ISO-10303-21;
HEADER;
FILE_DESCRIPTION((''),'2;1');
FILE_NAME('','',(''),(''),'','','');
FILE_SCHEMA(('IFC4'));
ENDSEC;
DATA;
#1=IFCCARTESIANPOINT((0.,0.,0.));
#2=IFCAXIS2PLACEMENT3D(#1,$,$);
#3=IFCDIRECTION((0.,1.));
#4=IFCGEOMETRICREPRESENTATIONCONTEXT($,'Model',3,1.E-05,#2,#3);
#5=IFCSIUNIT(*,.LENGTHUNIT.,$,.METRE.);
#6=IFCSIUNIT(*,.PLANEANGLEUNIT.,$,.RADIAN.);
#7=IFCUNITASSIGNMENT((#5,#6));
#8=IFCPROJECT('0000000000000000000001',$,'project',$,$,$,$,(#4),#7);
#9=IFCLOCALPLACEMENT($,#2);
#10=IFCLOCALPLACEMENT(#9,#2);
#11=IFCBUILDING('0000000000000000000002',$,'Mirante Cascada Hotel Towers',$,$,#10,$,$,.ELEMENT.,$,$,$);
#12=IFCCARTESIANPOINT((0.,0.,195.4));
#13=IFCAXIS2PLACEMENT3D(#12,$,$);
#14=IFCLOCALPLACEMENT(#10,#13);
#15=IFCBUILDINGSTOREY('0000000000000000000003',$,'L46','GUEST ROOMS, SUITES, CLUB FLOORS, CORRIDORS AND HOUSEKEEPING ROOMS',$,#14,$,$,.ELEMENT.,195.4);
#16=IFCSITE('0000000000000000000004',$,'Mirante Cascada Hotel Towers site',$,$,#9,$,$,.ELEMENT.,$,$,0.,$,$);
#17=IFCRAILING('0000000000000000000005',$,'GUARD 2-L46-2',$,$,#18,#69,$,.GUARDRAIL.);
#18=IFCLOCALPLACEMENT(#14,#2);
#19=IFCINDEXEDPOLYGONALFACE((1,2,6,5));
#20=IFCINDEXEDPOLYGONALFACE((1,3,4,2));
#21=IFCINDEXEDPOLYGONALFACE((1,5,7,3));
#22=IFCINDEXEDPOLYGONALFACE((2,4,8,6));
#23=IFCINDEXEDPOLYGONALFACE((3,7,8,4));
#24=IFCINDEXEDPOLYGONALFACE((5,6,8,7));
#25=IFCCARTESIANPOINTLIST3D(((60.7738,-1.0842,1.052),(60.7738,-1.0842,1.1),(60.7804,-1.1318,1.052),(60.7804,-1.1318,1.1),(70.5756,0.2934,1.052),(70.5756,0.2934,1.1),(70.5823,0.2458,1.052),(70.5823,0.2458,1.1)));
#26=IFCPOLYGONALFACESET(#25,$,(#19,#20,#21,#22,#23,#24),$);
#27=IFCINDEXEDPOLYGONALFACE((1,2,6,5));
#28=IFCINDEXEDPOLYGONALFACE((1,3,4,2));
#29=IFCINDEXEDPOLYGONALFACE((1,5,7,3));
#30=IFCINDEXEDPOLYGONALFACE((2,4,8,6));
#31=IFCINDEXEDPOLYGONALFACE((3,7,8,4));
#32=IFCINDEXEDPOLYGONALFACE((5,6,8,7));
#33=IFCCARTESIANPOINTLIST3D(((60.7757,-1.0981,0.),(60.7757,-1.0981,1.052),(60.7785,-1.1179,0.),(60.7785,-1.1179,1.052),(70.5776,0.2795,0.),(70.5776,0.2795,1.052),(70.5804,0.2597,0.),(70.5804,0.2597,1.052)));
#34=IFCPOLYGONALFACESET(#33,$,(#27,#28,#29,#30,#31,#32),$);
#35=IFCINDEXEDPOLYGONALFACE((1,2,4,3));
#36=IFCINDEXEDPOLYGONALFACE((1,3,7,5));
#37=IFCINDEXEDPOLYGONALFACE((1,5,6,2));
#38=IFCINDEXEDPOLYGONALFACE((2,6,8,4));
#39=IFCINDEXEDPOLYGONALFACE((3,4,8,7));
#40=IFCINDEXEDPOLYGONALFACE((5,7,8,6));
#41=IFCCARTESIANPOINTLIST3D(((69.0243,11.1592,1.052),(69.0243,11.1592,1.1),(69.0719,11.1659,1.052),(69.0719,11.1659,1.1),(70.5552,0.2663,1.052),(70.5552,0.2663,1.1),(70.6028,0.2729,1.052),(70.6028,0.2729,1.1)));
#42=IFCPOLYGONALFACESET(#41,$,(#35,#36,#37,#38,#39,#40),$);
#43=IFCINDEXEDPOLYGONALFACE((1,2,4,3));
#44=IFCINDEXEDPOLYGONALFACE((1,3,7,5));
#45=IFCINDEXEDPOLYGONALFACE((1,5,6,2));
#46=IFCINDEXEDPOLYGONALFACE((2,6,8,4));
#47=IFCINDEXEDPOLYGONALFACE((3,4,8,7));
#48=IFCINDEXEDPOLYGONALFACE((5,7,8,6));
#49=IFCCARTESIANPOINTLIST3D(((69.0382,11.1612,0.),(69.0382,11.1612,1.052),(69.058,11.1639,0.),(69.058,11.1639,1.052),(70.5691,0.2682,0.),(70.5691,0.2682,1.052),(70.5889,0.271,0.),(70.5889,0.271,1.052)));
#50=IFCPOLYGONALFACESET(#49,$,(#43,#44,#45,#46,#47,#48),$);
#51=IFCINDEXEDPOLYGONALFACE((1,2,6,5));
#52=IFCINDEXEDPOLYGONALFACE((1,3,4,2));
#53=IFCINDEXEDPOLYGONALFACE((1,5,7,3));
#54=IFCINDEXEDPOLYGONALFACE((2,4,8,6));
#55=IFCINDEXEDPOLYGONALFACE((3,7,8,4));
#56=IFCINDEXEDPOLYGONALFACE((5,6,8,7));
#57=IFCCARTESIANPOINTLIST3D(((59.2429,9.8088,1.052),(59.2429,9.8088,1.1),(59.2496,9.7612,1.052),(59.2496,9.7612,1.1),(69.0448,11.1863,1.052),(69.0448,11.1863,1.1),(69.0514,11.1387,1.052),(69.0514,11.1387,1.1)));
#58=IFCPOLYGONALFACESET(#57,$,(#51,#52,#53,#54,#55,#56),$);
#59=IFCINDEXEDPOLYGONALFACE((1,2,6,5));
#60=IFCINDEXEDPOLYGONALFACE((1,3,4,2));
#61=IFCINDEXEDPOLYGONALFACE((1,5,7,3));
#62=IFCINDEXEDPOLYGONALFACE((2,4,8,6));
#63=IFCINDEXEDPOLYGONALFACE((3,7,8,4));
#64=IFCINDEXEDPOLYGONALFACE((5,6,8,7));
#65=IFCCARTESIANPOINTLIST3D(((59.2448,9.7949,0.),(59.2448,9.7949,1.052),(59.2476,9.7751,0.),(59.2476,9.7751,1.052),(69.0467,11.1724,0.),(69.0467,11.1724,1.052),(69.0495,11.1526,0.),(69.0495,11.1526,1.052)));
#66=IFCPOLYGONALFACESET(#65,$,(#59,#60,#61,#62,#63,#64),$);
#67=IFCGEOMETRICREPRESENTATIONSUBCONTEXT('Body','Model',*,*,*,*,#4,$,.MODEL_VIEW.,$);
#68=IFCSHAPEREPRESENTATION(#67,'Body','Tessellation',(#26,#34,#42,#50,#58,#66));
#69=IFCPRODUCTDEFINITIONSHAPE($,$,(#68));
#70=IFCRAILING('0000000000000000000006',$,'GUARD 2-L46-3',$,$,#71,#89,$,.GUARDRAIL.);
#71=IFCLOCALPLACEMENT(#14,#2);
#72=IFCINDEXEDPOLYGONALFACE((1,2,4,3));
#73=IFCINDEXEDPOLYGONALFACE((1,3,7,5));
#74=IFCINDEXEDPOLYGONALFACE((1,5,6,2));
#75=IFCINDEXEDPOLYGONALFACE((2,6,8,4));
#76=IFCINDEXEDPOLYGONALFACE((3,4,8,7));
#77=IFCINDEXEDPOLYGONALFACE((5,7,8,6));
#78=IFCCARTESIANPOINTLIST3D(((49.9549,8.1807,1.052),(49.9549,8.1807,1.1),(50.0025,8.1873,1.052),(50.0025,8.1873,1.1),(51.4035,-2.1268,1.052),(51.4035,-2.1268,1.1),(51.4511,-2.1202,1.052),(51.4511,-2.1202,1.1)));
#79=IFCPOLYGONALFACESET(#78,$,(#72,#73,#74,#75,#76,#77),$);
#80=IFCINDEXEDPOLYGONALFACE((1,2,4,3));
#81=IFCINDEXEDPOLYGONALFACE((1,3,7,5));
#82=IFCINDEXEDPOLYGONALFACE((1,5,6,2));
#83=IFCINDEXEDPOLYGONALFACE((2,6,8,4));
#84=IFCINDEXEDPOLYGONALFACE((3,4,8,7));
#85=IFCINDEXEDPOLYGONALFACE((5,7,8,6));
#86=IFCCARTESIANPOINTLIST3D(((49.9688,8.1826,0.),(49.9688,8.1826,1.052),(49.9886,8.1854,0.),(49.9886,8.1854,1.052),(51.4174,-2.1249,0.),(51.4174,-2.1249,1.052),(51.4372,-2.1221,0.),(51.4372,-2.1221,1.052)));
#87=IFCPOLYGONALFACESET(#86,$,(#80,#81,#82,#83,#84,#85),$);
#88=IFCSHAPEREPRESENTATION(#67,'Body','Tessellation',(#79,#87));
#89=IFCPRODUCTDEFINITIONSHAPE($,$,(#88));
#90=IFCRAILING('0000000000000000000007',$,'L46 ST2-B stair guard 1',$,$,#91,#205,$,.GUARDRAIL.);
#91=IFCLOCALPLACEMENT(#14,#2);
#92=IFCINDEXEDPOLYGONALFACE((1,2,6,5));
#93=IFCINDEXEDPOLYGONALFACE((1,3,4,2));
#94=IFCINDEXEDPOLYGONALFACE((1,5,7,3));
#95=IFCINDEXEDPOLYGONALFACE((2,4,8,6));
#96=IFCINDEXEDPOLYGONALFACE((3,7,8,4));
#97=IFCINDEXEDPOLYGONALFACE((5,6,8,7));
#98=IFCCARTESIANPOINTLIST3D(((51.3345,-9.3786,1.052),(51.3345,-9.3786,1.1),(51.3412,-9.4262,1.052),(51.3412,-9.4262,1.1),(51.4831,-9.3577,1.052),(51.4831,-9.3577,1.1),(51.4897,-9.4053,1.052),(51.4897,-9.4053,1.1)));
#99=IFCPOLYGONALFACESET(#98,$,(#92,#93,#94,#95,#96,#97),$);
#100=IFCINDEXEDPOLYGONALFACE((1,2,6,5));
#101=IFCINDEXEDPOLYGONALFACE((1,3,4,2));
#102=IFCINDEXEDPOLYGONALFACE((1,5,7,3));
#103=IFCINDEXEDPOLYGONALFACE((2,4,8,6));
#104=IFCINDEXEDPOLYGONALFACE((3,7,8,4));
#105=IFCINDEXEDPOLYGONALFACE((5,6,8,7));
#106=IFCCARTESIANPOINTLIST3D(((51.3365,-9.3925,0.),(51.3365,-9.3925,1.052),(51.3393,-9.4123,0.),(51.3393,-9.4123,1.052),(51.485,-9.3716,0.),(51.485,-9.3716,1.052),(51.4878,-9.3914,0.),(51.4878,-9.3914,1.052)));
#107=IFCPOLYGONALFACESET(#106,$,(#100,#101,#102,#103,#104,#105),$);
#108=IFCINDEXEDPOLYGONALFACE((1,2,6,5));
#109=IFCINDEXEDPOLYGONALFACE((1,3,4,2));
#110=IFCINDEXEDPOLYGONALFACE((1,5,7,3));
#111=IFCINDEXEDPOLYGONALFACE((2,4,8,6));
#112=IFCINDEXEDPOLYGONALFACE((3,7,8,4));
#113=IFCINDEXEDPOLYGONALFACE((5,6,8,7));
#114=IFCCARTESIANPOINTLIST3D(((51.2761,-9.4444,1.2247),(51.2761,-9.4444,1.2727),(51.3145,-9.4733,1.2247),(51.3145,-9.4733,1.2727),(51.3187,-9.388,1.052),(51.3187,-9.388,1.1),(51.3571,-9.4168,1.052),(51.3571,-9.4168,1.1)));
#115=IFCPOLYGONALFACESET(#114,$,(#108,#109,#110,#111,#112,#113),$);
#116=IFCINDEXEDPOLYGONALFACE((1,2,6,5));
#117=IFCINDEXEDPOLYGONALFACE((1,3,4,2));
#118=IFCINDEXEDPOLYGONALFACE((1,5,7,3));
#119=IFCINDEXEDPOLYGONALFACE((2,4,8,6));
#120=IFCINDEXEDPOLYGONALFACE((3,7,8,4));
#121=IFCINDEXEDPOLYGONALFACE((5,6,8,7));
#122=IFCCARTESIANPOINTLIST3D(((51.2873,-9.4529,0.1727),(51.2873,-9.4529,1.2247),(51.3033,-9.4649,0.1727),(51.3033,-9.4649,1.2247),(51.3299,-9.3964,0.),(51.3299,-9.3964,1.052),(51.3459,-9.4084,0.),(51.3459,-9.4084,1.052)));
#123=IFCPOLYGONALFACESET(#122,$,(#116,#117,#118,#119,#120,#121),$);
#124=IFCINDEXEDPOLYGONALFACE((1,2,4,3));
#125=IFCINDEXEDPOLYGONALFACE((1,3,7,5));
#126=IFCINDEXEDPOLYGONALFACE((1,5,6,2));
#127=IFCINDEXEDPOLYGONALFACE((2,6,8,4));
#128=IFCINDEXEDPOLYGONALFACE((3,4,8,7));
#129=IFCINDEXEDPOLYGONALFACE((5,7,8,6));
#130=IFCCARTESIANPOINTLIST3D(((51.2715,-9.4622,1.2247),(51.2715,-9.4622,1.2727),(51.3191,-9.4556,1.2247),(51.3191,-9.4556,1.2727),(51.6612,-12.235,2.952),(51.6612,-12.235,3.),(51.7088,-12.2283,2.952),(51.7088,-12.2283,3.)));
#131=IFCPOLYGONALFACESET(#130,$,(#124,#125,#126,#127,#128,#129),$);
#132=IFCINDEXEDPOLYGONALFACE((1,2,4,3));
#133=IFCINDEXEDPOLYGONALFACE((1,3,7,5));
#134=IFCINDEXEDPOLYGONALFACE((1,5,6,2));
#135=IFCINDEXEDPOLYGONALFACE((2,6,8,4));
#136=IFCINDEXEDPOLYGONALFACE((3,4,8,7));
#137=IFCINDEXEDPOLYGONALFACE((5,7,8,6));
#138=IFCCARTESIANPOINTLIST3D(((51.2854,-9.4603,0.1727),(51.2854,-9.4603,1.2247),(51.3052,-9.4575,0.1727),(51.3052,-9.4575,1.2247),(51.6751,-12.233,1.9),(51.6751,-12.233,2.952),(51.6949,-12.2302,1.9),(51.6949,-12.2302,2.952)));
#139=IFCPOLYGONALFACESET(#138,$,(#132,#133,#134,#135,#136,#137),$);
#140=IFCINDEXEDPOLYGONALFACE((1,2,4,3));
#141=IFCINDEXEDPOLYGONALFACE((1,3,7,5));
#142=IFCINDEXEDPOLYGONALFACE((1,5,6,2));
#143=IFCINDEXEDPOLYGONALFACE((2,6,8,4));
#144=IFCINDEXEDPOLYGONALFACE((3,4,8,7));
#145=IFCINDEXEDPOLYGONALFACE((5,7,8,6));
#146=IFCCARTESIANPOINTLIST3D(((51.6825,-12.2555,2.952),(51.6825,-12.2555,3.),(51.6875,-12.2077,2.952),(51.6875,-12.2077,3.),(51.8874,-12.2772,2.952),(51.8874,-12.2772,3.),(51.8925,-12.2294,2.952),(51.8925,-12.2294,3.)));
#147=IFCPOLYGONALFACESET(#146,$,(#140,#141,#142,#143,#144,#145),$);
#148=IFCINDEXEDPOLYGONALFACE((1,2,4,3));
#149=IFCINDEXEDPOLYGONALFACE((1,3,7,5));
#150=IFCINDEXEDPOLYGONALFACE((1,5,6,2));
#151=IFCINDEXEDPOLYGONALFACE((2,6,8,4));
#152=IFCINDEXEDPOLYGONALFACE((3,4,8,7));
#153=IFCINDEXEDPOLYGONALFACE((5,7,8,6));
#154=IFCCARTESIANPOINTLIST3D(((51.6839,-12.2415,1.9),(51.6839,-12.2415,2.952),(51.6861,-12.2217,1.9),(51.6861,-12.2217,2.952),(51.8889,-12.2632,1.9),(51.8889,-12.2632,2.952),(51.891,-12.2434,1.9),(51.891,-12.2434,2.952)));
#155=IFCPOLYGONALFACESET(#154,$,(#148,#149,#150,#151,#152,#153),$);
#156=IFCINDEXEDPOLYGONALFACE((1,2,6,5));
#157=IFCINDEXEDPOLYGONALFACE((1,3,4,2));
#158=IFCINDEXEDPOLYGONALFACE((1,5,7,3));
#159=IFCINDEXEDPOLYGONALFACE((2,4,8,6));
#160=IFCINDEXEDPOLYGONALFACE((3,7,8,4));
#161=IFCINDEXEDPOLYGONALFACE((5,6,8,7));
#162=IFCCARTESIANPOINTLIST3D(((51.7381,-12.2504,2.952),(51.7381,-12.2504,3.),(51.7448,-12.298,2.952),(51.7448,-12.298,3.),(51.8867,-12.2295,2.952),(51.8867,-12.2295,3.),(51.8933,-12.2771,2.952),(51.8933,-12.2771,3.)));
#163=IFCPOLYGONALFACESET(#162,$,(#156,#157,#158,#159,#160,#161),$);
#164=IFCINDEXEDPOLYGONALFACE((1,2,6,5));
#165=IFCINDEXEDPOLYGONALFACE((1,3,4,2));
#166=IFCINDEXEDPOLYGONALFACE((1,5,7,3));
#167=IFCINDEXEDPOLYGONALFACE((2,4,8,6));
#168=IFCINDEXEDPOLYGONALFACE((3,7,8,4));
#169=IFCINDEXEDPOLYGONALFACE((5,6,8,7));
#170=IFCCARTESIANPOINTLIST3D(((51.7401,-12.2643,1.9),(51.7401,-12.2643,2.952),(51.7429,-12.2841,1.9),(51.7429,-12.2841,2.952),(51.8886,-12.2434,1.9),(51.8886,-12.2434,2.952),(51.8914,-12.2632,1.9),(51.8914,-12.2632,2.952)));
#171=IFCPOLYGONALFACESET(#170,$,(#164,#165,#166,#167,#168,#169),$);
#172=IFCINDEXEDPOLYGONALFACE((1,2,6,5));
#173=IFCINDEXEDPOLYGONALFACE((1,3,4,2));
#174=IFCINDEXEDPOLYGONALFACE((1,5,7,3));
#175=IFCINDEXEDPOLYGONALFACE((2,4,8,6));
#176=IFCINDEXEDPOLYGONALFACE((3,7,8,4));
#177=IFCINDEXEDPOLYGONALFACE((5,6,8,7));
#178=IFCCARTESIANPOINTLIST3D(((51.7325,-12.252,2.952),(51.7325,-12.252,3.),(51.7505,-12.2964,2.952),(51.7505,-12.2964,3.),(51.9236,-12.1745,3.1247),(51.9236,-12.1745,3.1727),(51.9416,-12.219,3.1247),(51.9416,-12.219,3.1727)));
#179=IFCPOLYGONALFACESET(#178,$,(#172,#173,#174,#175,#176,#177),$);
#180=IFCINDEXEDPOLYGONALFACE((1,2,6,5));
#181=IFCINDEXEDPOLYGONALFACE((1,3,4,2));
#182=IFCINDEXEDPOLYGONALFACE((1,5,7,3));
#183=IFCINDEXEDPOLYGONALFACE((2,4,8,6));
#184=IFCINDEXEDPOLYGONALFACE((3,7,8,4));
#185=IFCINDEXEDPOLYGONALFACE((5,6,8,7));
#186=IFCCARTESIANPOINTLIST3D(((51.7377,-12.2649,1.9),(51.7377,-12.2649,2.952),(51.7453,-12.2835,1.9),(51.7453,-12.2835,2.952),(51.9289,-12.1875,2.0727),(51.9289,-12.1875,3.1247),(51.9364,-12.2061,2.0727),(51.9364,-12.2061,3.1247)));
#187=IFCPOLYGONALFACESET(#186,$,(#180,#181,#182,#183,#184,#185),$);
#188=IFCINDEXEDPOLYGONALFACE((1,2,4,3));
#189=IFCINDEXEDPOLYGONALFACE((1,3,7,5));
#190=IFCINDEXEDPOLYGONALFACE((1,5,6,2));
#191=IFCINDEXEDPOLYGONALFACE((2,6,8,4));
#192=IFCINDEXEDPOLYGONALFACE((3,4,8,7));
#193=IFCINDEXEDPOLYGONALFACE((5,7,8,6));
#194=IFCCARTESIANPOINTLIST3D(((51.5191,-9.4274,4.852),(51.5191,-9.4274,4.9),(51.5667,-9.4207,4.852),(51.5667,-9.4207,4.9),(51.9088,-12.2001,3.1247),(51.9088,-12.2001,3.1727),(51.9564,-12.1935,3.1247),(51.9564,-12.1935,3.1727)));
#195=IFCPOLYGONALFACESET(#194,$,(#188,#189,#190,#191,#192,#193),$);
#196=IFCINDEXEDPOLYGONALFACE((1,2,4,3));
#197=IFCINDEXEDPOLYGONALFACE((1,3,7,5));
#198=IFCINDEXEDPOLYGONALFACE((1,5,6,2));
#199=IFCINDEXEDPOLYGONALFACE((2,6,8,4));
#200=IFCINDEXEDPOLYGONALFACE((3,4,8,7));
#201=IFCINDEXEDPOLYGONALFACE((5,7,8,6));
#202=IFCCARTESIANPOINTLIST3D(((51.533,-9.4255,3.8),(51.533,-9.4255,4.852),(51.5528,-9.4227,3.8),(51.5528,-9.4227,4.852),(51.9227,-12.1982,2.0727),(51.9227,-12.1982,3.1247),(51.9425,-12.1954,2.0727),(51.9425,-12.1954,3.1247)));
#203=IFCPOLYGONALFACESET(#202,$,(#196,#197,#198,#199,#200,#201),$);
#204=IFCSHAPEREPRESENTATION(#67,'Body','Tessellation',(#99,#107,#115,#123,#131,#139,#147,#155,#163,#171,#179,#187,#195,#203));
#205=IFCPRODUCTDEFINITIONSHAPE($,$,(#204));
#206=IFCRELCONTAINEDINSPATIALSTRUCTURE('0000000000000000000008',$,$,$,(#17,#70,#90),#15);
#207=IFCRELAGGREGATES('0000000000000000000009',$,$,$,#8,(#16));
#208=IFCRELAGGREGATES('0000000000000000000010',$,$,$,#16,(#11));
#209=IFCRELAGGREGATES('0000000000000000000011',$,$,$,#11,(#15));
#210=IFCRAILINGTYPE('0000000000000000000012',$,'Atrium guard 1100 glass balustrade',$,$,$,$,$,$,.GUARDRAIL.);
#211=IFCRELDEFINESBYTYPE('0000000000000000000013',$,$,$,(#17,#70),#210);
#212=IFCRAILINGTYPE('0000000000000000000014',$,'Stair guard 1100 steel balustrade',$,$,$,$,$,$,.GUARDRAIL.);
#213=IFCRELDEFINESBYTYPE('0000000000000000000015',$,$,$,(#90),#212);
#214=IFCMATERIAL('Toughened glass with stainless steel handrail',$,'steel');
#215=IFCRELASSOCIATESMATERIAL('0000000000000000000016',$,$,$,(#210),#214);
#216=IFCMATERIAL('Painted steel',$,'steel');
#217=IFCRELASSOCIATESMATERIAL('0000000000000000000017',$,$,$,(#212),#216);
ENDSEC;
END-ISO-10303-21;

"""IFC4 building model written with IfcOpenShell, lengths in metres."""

from ifc_helpers import new_model, si_unit, direction, frame, origin, origin_2d, place, context, subcontext, project, spatial, rectangle, extrude, material, type_object, element, save


model = new_model("IFC4")

# Units and contexts
model_context = context("Model", 3, precision=1e-05, world=origin(), true_north=direction((0.0, 1.0)))
body_context = subcontext(model_context, "Body", "Model", "MODEL_VIEW")
ifc_project = project(units=[si_unit("LENGTHUNIT", "METRE"), si_unit("PLANEANGLEUNIT", "RADIAN")], contexts=[model_context])

# Site, building, storey
site_placement = place(None, origin())
site = spatial("IfcSite", under=ifc_project, at=site_placement, Name="Mirante Cascada Hotel Towers site", CompositionType="ELEMENT", RefElevation=0.0)
building_placement = place(site_placement, origin())
building = spatial("IfcBuilding", under=site, at=building_placement, Name="Mirante Cascada Hotel Towers", CompositionType="ELEMENT")
storey_placement = place(building_placement, frame((0.0, 0.0, 195.4)))
storey = spatial("IfcBuildingStorey", under=building, at=storey_placement, Name="L46", Description="GUEST ROOMS, SUITES, CLUB FLOORS, CORRIDORS AND HOUSEKEEPING ROOMS", CompositionType="ELEMENT", Elevation=195.4)

# Railings
ifc_material_1 = material(Name="Toughened glass with stainless steel handrail", Category="steel")
railing_type_1 = type_object("IfcRailingType", Name="Atrium guard 1100 glass balustrade", PredefinedType="GUARDRAIL", material=ifc_material_1)
railing_1_placement = place(storey_placement, frame((60.7771, -1.108, 0.0)))
element("IfcRailing", 1, at=railing_1_placement, inside=storey, type_object=railing_type_1, Name="GUARD 2-L46-2", PredefinedType="GUARDRAIL", context=body_context, shape_type="SweptSolid", body=[
    extrude(rectangle(XDim=0.048, YDim=0.048, at=origin_2d()), frame((0.0, 0.0, 1.076), z_axis=(0.990268, 0.139176, 0.0), x_axis=(-0.139176, 0.990268, 0.0)), (0.0, 0.0, 1.0), 9.8982),
    extrude(rectangle(XDim=0.02, YDim=1.052, at=origin_2d()), frame((0.0, 0.0, 0.526), z_axis=(0.990268, 0.139176, 0.0), x_axis=(-0.139176, 0.990268, 0.0)), (0.0, 0.0, 1.0), 9.8982),
    extrude(rectangle(XDim=0.048, YDim=0.048, at=origin_2d()), frame((9.8019, 1.3776, 1.076), z_axis=(-0.139173, 0.990268, 0.0), x_axis=(-0.990268, -0.139173, 0.0)), (0.0, 0.0, 1.0), 11.0),
    extrude(rectangle(XDim=0.02, YDim=1.052, at=origin_2d()), frame((9.8019, 1.3776, 0.526), z_axis=(-0.139173, 0.990268, 0.0), x_axis=(-0.990268, -0.139173, 0.0)), (0.0, 0.0, 1.0), 11.0),
    extrude(rectangle(XDim=0.048, YDim=0.048, at=origin_2d()), frame((8.271, 12.2705, 1.076), z_axis=(-0.990269, -0.139166, 0.0), x_axis=(0.139166, -0.990269, 0.0)), (0.0, 0.0, 1.0), 9.8982),
    extrude(rectangle(XDim=0.02, YDim=1.052, at=origin_2d()), frame((8.271, 12.2705, 0.526), z_axis=(-0.990269, -0.139166, 0.0), x_axis=(0.139166, -0.990269, 0.0)), (0.0, 0.0, 1.0), 9.8982),
])
railing_2_placement = place(storey_placement, frame((51.4273, -2.1235, 0.0)))
element("IfcRailing", 2, at=railing_2_placement, inside=storey, type_object=railing_type_1, Name="GUARD 2-L46-3", PredefinedType="GUARDRAIL", context=body_context, shape_type="SweptSolid", body=[
    extrude(rectangle(XDim=0.048, YDim=0.048, at=origin_2d()), frame((0.0, 0.0, 1.076), z_axis=(-0.139171, 0.990268, 0.0), x_axis=(-0.990268, -0.139171, 0.0)), (0.0, 0.0, 1.0), 10.4088),
    extrude(rectangle(XDim=0.02, YDim=1.052, at=origin_2d()), frame((0.0, 0.0, 0.526), z_axis=(-0.139171, 0.990268, 0.0), x_axis=(-0.990268, -0.139171, 0.0)), (0.0, 0.0, 1.0), 10.4088),
])
ifc_material_2 = material(Name="Painted steel", Category="steel")
railing_type_2 = type_object("IfcRailingType", Name="Stair guard 1100 steel balustrade", PredefinedType="GUARDRAIL", material=ifc_material_2)
railing_3_placement = place(storey_placement, frame((51.4864, -9.3815, 0.0)))
element("IfcRailing", 3, at=railing_3_placement, inside=storey, type_object=railing_type_2, Name="L46 ST2-B stair guard 1", PredefinedType="GUARDRAIL", context=body_context, shape_type="SweptSolid", body=[
    extrude(rectangle(XDim=0.048, YDim=0.048, at=origin_2d()), frame((0.0, 0.0, 1.076), z_axis=(-0.990241, -0.139367, 0.0), x_axis=(0.139367, -0.990241, 0.0)), (0.0, 0.0, 1.0), 0.15),
    extrude(rectangle(XDim=0.02, YDim=1.052, at=origin_2d()), frame((0.0, 0.0, 0.526), z_axis=(-0.990241, -0.139367, 0.0), x_axis=(0.139367, -0.990241, 0.0)), (0.0, 0.0, 1.0), 0.15),
    extrude(rectangle(XDim=0.048, YDim=0.048, at=origin_2d()), frame((-0.1485, -0.0209, 1.076), z_axis=(-0.602033, -0.798471, 0.0), x_axis=(0.798471, -0.602033, 0.0)), (0.0, 0.92534, 0.379139), 0.1866),
    extrude(rectangle(XDim=0.02, YDim=1.052, at=origin_2d()), frame((-0.1485, -0.0209, 0.526), z_axis=(-0.602033, -0.798471, 0.0), x_axis=(0.798471, -0.602033, 0.0)), (0.0, 0.92534, 0.379139), 0.1866),
    extrude(rectangle(XDim=0.048, YDim=0.048, at=origin_2d()), frame((-0.1911, -0.0774, 1.2487), z_axis=(0.139181, -0.990267, 0.0), x_axis=(0.990267, 0.139181, 0.0)), (0.0, 0.525035, 0.851081), 3.2899),
    extrude(rectangle(XDim=0.02, YDim=1.052, at=origin_2d()), frame((-0.1911, -0.0774, 0.6987), z_axis=(0.139181, -0.990267, 0.0), x_axis=(0.990267, 0.139181, 0.0)), (0.0, 0.525035, 0.851081), 3.2899),
    extrude(rectangle(XDim=0.048, YDim=0.048, at=origin_2d()), frame((0.1986, -2.8501, 2.976), z_axis=(0.994444, -0.105266, 0.0), x_axis=(0.105266, 0.994444, 0.0)), (0.0, 0.0, 1.0), 0.2061),
    extrude(rectangle(XDim=0.02, YDim=1.052, at=origin_2d()), frame((0.1986, -2.8501, 2.426), z_axis=(0.994444, -0.105266, 0.0), x_axis=(0.105266, 0.994444, 0.0)), (0.0, 0.0, 1.0), 0.2061),
    extrude(rectangle(XDim=0.048, YDim=0.048, at=origin_2d()), frame((0.4036, -2.8718, 2.976), z_axis=(-0.990241, -0.139367, 0.0), x_axis=(0.139367, -0.990241, 0.0)), (0.0, 0.0, 1.0), 0.15),
    extrude(rectangle(XDim=0.02, YDim=1.052, at=origin_2d()), frame((0.4036, -2.8718, 2.426), z_axis=(-0.990241, -0.139367, 0.0), x_axis=(0.139367, -0.990241, 0.0)), (0.0, 0.0, 1.0), 0.15),
    extrude(rectangle(XDim=0.048, YDim=0.048, at=origin_2d()), frame((0.2551, -2.8927, 2.976), z_axis=(0.926862, 0.375401, 0.0), x_axis=(-0.375401, 0.926862, 0.0)), (0.0, 0.642122, 0.766603), 0.269),
    extrude(rectangle(XDim=0.02, YDim=1.052, at=origin_2d()), frame((0.2551, -2.8927, 2.426), z_axis=(0.926862, 0.375401, 0.0), x_axis=(-0.375401, 0.926862, 0.0)), (0.0, 0.642122, 0.766603), 0.269),
    extrude(rectangle(XDim=0.048, YDim=0.048, at=origin_2d()), frame((0.4462, -2.8153, 3.1487), z_axis=(-0.139181, 0.990267, 0.0), x_axis=(-0.990267, -0.139181, 0.0)), (0.0, 0.525035, 0.851081), 3.2899),
    extrude(rectangle(XDim=0.02, YDim=1.052, at=origin_2d()), frame((0.4462, -2.8153, 2.5987), z_axis=(-0.139181, 0.990267, 0.0), x_axis=(-0.990267, -0.139181, 0.0)), (0.0, 0.525035, 0.851081), 3.2899),
])

save(model, "model.ifc")
